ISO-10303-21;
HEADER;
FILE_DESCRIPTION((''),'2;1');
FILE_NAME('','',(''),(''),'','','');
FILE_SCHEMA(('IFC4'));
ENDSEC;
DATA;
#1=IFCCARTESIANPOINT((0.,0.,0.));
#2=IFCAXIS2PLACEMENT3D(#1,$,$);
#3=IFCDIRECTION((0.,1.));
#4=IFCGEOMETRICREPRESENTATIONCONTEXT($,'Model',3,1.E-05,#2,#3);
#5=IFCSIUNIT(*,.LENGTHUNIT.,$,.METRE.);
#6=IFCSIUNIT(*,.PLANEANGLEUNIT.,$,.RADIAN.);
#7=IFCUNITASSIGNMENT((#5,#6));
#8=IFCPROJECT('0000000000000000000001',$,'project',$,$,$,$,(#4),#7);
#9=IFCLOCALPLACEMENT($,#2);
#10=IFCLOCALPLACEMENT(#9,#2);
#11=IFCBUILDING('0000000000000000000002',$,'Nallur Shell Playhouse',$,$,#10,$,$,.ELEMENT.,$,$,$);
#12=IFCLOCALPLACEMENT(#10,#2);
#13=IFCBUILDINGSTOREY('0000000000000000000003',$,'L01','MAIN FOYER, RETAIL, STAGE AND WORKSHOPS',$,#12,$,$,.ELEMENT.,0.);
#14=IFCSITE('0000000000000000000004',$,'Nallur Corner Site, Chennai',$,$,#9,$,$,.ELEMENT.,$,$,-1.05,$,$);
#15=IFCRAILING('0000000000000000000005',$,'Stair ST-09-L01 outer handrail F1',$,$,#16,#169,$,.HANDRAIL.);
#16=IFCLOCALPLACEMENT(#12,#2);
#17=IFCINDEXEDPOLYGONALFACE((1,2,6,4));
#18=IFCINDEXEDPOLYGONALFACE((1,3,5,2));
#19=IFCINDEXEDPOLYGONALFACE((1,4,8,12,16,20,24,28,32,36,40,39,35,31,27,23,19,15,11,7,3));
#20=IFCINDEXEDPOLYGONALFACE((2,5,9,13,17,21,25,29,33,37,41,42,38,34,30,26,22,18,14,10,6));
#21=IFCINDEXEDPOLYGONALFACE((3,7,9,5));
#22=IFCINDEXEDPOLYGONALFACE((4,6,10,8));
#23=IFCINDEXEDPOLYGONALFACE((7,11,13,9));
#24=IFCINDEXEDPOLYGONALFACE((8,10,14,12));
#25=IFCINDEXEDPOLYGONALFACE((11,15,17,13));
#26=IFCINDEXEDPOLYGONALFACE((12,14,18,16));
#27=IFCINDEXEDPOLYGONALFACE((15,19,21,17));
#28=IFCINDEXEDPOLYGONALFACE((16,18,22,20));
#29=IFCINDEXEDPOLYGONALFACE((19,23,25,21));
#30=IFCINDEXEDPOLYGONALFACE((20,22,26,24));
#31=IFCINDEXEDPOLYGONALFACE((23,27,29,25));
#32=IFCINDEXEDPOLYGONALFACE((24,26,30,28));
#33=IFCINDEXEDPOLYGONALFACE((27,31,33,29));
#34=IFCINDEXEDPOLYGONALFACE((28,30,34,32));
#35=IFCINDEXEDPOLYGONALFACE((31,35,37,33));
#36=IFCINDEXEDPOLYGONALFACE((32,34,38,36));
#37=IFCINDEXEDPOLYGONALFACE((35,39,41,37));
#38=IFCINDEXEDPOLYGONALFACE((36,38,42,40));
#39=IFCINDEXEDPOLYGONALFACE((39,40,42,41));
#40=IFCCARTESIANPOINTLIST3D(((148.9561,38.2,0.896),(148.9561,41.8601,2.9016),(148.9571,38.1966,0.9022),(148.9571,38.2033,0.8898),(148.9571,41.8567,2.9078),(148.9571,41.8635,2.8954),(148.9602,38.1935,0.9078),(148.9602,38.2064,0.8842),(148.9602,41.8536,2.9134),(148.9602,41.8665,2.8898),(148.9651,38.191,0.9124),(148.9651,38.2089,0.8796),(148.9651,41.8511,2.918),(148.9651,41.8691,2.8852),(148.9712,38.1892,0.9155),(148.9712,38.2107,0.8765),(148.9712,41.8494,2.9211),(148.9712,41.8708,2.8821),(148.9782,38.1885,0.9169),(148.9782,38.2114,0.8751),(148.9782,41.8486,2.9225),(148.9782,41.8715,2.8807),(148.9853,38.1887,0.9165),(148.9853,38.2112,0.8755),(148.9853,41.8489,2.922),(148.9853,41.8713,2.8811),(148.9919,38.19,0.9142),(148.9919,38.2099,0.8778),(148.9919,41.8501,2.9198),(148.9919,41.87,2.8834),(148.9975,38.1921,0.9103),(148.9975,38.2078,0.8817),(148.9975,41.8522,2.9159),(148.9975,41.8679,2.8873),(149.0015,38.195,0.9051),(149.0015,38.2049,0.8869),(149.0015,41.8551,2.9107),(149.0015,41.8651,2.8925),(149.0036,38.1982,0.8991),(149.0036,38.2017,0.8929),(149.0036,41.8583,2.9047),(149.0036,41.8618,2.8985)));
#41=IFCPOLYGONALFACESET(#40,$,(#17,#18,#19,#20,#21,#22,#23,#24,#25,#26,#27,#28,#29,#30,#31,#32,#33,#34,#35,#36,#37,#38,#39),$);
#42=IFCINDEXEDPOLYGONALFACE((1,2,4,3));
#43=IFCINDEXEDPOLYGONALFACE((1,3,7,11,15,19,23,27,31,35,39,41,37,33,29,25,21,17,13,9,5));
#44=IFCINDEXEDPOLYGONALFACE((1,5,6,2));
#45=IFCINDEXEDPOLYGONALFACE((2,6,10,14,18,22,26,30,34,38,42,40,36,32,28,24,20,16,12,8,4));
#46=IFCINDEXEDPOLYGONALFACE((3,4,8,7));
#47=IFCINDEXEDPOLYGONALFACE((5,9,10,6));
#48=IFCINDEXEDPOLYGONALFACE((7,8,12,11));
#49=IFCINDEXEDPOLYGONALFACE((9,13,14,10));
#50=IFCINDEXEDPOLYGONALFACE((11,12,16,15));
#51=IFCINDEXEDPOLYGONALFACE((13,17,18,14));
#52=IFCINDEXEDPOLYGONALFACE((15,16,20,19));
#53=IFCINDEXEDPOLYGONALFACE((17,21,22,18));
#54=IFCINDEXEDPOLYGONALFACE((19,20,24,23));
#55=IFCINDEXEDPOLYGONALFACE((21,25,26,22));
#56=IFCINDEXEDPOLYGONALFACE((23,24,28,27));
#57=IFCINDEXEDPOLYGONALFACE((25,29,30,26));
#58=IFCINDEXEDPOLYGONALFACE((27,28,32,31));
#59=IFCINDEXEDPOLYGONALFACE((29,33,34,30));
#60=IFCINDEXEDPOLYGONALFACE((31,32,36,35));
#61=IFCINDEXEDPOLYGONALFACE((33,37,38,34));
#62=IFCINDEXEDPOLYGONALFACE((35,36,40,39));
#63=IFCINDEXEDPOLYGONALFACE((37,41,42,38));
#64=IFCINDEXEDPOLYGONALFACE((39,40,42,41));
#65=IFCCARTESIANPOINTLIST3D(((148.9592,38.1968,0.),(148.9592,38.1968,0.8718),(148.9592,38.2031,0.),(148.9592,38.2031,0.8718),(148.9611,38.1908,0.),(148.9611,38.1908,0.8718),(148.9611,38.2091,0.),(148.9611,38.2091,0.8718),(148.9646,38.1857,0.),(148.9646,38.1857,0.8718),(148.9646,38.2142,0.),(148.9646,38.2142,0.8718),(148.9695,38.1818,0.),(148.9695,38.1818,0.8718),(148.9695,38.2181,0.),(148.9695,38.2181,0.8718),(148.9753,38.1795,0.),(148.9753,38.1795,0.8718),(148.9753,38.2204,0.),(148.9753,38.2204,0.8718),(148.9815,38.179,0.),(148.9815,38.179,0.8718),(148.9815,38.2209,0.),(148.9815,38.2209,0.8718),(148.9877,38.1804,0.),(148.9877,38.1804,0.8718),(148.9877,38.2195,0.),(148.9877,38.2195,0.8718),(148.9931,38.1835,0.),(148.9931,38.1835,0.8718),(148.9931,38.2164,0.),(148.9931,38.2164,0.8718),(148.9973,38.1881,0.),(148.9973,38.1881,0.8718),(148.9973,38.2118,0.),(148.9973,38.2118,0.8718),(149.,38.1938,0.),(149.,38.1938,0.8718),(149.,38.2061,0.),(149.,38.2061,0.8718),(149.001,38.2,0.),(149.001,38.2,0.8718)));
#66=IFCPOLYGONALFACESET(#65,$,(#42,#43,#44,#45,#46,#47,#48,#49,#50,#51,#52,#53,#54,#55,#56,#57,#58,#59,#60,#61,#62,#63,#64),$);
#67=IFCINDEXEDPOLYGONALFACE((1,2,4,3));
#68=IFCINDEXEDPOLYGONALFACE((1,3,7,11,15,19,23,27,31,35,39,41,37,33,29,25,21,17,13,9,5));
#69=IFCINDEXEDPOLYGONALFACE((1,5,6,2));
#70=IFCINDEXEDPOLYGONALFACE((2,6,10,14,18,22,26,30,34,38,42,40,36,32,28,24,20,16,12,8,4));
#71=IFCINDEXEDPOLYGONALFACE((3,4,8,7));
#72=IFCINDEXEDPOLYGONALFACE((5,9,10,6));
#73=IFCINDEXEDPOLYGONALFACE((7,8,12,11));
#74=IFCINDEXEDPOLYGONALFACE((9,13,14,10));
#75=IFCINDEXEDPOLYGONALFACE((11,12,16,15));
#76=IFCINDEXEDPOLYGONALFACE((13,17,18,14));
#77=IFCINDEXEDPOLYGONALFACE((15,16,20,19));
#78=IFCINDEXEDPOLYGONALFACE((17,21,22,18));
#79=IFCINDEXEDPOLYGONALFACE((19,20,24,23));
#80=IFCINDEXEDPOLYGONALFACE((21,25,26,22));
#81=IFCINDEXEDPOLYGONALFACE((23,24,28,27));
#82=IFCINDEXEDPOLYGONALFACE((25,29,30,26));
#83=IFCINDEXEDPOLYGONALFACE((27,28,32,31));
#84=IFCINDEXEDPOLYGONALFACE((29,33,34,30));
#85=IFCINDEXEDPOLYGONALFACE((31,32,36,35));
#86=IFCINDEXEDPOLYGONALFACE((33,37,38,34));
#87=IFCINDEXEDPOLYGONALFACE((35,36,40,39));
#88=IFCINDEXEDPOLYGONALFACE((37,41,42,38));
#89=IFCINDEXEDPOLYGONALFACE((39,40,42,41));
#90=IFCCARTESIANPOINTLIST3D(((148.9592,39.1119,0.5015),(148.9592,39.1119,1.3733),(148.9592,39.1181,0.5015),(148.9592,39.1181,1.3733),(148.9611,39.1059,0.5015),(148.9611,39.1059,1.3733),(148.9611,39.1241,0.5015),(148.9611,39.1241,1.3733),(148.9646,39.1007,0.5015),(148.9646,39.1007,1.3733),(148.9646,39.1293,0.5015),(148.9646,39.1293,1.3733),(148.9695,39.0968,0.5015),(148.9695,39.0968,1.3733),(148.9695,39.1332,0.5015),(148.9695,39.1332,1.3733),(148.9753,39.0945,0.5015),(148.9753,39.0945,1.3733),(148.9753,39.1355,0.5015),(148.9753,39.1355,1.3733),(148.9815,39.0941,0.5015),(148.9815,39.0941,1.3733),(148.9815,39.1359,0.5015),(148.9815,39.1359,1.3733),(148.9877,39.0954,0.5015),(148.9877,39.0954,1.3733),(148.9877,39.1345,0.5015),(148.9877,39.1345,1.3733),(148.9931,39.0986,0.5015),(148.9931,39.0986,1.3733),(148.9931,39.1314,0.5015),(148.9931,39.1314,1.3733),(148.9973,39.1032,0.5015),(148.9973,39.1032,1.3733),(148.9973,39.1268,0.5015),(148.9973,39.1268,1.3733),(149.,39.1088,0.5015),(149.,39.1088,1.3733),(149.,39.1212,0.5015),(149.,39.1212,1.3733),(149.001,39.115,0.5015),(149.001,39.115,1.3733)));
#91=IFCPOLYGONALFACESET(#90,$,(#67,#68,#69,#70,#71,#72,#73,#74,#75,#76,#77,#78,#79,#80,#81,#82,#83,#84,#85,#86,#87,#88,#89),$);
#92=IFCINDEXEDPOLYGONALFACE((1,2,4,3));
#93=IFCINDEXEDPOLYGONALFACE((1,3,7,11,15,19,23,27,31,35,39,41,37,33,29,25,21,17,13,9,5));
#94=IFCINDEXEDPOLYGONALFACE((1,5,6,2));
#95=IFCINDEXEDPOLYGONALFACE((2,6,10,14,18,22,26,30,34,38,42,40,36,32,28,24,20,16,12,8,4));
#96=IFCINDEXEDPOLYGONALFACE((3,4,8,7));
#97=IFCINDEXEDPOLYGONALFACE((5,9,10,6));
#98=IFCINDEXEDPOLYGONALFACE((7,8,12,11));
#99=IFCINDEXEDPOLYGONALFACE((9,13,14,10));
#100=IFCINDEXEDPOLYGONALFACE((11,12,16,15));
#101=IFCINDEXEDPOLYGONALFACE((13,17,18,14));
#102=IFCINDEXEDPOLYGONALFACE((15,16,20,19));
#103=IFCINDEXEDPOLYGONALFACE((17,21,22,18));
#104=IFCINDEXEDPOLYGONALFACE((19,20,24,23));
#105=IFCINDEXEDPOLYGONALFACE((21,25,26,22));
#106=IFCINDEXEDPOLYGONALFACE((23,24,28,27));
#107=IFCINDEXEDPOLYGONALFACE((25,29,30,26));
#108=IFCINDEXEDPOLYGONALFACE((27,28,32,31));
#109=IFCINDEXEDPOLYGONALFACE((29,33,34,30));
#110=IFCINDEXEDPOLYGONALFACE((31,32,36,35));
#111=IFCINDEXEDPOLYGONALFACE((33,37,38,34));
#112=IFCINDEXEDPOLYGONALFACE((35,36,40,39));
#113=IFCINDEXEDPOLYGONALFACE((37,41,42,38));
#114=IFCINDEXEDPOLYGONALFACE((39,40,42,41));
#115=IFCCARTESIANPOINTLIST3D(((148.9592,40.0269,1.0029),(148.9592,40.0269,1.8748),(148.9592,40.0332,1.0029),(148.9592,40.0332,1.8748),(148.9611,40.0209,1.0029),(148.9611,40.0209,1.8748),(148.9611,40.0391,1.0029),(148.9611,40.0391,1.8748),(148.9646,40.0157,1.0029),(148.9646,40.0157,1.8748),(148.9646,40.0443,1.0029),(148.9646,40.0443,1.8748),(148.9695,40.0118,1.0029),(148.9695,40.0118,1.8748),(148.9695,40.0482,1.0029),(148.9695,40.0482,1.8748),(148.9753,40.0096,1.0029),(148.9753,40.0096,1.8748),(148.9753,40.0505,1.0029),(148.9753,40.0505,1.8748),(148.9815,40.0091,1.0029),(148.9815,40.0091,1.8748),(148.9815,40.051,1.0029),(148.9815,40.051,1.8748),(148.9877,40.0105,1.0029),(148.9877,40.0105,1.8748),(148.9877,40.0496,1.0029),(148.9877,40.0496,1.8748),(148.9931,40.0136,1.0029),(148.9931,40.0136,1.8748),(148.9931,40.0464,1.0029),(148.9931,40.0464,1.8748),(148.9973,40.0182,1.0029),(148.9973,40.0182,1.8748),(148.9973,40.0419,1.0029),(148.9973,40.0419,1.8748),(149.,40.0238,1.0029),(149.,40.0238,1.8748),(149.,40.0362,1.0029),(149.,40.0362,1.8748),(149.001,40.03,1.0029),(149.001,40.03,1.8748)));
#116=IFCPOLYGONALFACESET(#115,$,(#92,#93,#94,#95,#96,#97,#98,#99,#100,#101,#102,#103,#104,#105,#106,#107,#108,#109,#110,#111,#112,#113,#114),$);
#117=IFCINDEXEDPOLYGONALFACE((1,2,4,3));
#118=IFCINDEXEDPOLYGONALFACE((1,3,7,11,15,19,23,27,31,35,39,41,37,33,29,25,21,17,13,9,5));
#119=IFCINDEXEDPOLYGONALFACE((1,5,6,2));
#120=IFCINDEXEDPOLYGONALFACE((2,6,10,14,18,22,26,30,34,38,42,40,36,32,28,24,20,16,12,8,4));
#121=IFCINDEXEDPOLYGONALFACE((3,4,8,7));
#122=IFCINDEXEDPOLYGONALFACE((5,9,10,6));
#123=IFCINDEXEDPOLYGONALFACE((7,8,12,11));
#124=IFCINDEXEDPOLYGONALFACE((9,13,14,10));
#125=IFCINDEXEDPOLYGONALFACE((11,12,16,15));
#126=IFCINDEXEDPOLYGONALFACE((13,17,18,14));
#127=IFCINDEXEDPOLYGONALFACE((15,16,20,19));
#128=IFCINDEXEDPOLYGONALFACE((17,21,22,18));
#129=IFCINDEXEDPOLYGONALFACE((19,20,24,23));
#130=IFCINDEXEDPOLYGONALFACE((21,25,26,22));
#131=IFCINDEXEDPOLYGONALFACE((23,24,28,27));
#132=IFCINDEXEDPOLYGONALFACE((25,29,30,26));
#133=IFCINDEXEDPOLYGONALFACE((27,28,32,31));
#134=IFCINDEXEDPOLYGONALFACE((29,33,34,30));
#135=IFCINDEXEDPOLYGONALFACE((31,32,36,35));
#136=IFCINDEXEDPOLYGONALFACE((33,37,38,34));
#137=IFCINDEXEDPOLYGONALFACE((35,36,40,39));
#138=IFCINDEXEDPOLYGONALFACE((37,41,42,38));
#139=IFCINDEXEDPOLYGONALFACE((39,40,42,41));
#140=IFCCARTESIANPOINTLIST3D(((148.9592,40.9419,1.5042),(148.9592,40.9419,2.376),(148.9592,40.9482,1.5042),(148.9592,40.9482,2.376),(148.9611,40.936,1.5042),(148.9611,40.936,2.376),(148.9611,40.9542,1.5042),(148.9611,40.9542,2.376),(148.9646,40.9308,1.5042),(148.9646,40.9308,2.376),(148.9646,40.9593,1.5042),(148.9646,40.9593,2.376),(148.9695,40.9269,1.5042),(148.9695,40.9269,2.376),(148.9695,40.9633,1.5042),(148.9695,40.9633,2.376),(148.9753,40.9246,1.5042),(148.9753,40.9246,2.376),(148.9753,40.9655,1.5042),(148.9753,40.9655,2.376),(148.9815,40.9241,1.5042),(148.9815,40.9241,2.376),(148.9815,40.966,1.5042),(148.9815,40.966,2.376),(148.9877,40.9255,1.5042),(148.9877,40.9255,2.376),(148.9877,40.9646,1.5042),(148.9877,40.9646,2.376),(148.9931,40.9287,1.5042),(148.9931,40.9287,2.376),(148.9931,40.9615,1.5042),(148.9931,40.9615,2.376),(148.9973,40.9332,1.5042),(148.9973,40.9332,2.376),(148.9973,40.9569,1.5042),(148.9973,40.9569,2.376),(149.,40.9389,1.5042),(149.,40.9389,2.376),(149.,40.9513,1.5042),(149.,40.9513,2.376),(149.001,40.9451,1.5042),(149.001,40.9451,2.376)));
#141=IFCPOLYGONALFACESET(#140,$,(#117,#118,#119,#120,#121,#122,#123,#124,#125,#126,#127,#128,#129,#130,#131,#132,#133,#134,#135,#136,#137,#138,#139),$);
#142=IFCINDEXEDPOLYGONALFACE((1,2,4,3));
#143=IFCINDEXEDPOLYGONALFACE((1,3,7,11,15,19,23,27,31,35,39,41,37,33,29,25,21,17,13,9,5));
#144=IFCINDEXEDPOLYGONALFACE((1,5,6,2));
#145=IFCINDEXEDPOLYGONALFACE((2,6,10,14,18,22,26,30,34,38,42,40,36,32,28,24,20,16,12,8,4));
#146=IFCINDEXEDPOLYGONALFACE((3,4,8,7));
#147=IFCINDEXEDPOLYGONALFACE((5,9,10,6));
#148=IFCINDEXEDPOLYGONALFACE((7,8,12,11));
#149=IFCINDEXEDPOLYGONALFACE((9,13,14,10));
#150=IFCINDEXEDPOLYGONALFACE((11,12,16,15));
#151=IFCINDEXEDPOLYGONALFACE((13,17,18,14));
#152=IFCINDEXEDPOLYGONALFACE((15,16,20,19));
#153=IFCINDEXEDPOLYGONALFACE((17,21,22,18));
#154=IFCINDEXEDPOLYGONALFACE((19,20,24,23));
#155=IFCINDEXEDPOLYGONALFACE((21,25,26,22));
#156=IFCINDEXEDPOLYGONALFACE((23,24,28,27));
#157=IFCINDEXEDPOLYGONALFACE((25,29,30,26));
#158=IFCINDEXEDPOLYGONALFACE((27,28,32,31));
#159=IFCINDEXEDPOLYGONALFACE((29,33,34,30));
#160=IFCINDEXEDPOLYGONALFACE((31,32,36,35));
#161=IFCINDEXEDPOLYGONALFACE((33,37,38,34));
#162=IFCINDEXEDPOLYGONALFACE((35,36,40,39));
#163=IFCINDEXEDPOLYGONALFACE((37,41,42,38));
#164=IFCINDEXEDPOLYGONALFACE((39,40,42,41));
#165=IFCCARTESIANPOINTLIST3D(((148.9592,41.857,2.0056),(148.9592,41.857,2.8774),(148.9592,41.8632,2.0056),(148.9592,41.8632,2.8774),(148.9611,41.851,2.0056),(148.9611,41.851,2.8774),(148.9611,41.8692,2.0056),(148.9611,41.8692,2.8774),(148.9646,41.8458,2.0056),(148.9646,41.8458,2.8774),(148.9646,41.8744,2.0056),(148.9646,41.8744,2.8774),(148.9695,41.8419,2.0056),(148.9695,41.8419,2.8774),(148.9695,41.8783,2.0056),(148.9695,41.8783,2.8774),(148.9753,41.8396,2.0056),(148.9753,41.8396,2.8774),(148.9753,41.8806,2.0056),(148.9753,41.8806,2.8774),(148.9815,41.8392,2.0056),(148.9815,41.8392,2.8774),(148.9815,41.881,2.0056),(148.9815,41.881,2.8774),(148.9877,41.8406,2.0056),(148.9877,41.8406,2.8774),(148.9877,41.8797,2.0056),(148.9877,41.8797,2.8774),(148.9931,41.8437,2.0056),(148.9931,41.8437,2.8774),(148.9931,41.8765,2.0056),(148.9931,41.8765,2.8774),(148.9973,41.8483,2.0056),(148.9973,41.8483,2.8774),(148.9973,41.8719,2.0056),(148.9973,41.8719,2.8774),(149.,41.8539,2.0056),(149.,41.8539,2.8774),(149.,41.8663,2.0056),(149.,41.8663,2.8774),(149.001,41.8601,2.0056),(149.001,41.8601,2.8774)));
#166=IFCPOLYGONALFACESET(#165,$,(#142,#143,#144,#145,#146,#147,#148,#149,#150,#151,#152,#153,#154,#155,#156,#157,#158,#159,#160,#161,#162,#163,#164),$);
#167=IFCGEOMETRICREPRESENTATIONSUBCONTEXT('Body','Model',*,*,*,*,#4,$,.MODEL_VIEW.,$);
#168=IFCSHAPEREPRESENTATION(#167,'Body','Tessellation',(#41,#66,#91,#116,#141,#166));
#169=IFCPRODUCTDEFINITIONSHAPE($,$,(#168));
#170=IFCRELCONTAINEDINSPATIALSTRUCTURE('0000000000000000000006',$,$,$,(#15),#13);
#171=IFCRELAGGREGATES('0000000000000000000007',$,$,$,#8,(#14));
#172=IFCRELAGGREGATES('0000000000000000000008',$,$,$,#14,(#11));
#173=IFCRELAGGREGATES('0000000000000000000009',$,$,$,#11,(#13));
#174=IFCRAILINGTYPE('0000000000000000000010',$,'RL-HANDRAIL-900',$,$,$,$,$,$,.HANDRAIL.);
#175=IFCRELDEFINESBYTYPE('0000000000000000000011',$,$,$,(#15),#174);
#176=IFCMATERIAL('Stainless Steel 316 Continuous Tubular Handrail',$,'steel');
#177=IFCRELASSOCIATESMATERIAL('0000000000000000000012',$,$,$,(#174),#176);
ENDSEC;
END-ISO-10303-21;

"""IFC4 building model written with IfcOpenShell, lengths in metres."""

from ifc_helpers import new_model, si_unit, direction, frame, origin, origin_2d, place, context, subcontext, project, spatial, circle, extrude, material, type_object, element, save


model = new_model("IFC4")

# Units and contexts
model_context = context("Model", 3, precision=1e-05, world=origin(), true_north=direction((0.0, 1.0)))
body_context = subcontext(model_context, "Body", "Model", "MODEL_VIEW")
ifc_project = project(units=[si_unit("LENGTHUNIT", "METRE"), si_unit("PLANEANGLEUNIT", "RADIAN")], contexts=[model_context])

# Site, building, storey
site_placement = place(None, origin())
site = spatial("IfcSite", under=ifc_project, at=site_placement, Name="Nallur Corner Site, Chennai", CompositionType="ELEMENT", RefElevation=-1.05)
building_placement = place(site_placement, origin())
building = spatial("IfcBuilding", under=site, at=building_placement, Name="Nallur Shell Playhouse", CompositionType="ELEMENT")
storey_placement = place(building_placement, origin())
storey = spatial("IfcBuildingStorey", under=building, at=storey_placement, Name="L01", Description="MAIN FOYER, RETAIL, STAGE AND WORKSHOPS", CompositionType="ELEMENT", Elevation=0.0)

# Railing
ifc_material_1 = material(Name="Stainless Steel 316 Continuous Tubular Handrail", Category="steel")
railing_type = type_object("IfcRailingType", Name="RL-HANDRAIL-900", PredefinedType="HANDRAIL", material=ifc_material_1)
railing_placement = place(storey_placement, frame((148.98, 38.2, 0.0)))
element("IfcRailing", 1, at=railing_placement, inside=storey, type_object=railing_type, Name="Stair ST-09-L01 outer handrail F1", PredefinedType="HANDRAIL", context=body_context, shape_type="SweptSolid", body=[
    extrude(circle(Radius=0.0239, at=origin_2d()), frame((0.0, 0.0, 0.896), z_axis=(0.0, 0.876971, 0.480544), x_axis=(-1.0, 0.0, 0.0)), (0.0, 0.0, 1.0), 4.1736),
    extrude(circle(Radius=0.021, at=origin_2d()), origin(), (0.0, 0.0, 1.0), 0.8718),
    extrude(circle(Radius=0.021, at=origin_2d()), frame((0.0, 0.915, 0.5015)), (0.0, 0.0, 1.0), 0.8718),
    extrude(circle(Radius=0.021, at=origin_2d()), frame((0.0, 1.8301, 1.0029)), (0.0, 0.0, 1.0), 0.8718),
    extrude(circle(Radius=0.021, at=origin_2d()), frame((0.0, 2.7451, 1.5042)), (0.0, 0.0, 1.0), 0.8718),
    extrude(circle(Radius=0.021, at=origin_2d()), frame((0.0, 3.6602, 2.0056)), (0.0, 0.0, 1.0), 0.8718),
])

save(model, "model.ifc")
